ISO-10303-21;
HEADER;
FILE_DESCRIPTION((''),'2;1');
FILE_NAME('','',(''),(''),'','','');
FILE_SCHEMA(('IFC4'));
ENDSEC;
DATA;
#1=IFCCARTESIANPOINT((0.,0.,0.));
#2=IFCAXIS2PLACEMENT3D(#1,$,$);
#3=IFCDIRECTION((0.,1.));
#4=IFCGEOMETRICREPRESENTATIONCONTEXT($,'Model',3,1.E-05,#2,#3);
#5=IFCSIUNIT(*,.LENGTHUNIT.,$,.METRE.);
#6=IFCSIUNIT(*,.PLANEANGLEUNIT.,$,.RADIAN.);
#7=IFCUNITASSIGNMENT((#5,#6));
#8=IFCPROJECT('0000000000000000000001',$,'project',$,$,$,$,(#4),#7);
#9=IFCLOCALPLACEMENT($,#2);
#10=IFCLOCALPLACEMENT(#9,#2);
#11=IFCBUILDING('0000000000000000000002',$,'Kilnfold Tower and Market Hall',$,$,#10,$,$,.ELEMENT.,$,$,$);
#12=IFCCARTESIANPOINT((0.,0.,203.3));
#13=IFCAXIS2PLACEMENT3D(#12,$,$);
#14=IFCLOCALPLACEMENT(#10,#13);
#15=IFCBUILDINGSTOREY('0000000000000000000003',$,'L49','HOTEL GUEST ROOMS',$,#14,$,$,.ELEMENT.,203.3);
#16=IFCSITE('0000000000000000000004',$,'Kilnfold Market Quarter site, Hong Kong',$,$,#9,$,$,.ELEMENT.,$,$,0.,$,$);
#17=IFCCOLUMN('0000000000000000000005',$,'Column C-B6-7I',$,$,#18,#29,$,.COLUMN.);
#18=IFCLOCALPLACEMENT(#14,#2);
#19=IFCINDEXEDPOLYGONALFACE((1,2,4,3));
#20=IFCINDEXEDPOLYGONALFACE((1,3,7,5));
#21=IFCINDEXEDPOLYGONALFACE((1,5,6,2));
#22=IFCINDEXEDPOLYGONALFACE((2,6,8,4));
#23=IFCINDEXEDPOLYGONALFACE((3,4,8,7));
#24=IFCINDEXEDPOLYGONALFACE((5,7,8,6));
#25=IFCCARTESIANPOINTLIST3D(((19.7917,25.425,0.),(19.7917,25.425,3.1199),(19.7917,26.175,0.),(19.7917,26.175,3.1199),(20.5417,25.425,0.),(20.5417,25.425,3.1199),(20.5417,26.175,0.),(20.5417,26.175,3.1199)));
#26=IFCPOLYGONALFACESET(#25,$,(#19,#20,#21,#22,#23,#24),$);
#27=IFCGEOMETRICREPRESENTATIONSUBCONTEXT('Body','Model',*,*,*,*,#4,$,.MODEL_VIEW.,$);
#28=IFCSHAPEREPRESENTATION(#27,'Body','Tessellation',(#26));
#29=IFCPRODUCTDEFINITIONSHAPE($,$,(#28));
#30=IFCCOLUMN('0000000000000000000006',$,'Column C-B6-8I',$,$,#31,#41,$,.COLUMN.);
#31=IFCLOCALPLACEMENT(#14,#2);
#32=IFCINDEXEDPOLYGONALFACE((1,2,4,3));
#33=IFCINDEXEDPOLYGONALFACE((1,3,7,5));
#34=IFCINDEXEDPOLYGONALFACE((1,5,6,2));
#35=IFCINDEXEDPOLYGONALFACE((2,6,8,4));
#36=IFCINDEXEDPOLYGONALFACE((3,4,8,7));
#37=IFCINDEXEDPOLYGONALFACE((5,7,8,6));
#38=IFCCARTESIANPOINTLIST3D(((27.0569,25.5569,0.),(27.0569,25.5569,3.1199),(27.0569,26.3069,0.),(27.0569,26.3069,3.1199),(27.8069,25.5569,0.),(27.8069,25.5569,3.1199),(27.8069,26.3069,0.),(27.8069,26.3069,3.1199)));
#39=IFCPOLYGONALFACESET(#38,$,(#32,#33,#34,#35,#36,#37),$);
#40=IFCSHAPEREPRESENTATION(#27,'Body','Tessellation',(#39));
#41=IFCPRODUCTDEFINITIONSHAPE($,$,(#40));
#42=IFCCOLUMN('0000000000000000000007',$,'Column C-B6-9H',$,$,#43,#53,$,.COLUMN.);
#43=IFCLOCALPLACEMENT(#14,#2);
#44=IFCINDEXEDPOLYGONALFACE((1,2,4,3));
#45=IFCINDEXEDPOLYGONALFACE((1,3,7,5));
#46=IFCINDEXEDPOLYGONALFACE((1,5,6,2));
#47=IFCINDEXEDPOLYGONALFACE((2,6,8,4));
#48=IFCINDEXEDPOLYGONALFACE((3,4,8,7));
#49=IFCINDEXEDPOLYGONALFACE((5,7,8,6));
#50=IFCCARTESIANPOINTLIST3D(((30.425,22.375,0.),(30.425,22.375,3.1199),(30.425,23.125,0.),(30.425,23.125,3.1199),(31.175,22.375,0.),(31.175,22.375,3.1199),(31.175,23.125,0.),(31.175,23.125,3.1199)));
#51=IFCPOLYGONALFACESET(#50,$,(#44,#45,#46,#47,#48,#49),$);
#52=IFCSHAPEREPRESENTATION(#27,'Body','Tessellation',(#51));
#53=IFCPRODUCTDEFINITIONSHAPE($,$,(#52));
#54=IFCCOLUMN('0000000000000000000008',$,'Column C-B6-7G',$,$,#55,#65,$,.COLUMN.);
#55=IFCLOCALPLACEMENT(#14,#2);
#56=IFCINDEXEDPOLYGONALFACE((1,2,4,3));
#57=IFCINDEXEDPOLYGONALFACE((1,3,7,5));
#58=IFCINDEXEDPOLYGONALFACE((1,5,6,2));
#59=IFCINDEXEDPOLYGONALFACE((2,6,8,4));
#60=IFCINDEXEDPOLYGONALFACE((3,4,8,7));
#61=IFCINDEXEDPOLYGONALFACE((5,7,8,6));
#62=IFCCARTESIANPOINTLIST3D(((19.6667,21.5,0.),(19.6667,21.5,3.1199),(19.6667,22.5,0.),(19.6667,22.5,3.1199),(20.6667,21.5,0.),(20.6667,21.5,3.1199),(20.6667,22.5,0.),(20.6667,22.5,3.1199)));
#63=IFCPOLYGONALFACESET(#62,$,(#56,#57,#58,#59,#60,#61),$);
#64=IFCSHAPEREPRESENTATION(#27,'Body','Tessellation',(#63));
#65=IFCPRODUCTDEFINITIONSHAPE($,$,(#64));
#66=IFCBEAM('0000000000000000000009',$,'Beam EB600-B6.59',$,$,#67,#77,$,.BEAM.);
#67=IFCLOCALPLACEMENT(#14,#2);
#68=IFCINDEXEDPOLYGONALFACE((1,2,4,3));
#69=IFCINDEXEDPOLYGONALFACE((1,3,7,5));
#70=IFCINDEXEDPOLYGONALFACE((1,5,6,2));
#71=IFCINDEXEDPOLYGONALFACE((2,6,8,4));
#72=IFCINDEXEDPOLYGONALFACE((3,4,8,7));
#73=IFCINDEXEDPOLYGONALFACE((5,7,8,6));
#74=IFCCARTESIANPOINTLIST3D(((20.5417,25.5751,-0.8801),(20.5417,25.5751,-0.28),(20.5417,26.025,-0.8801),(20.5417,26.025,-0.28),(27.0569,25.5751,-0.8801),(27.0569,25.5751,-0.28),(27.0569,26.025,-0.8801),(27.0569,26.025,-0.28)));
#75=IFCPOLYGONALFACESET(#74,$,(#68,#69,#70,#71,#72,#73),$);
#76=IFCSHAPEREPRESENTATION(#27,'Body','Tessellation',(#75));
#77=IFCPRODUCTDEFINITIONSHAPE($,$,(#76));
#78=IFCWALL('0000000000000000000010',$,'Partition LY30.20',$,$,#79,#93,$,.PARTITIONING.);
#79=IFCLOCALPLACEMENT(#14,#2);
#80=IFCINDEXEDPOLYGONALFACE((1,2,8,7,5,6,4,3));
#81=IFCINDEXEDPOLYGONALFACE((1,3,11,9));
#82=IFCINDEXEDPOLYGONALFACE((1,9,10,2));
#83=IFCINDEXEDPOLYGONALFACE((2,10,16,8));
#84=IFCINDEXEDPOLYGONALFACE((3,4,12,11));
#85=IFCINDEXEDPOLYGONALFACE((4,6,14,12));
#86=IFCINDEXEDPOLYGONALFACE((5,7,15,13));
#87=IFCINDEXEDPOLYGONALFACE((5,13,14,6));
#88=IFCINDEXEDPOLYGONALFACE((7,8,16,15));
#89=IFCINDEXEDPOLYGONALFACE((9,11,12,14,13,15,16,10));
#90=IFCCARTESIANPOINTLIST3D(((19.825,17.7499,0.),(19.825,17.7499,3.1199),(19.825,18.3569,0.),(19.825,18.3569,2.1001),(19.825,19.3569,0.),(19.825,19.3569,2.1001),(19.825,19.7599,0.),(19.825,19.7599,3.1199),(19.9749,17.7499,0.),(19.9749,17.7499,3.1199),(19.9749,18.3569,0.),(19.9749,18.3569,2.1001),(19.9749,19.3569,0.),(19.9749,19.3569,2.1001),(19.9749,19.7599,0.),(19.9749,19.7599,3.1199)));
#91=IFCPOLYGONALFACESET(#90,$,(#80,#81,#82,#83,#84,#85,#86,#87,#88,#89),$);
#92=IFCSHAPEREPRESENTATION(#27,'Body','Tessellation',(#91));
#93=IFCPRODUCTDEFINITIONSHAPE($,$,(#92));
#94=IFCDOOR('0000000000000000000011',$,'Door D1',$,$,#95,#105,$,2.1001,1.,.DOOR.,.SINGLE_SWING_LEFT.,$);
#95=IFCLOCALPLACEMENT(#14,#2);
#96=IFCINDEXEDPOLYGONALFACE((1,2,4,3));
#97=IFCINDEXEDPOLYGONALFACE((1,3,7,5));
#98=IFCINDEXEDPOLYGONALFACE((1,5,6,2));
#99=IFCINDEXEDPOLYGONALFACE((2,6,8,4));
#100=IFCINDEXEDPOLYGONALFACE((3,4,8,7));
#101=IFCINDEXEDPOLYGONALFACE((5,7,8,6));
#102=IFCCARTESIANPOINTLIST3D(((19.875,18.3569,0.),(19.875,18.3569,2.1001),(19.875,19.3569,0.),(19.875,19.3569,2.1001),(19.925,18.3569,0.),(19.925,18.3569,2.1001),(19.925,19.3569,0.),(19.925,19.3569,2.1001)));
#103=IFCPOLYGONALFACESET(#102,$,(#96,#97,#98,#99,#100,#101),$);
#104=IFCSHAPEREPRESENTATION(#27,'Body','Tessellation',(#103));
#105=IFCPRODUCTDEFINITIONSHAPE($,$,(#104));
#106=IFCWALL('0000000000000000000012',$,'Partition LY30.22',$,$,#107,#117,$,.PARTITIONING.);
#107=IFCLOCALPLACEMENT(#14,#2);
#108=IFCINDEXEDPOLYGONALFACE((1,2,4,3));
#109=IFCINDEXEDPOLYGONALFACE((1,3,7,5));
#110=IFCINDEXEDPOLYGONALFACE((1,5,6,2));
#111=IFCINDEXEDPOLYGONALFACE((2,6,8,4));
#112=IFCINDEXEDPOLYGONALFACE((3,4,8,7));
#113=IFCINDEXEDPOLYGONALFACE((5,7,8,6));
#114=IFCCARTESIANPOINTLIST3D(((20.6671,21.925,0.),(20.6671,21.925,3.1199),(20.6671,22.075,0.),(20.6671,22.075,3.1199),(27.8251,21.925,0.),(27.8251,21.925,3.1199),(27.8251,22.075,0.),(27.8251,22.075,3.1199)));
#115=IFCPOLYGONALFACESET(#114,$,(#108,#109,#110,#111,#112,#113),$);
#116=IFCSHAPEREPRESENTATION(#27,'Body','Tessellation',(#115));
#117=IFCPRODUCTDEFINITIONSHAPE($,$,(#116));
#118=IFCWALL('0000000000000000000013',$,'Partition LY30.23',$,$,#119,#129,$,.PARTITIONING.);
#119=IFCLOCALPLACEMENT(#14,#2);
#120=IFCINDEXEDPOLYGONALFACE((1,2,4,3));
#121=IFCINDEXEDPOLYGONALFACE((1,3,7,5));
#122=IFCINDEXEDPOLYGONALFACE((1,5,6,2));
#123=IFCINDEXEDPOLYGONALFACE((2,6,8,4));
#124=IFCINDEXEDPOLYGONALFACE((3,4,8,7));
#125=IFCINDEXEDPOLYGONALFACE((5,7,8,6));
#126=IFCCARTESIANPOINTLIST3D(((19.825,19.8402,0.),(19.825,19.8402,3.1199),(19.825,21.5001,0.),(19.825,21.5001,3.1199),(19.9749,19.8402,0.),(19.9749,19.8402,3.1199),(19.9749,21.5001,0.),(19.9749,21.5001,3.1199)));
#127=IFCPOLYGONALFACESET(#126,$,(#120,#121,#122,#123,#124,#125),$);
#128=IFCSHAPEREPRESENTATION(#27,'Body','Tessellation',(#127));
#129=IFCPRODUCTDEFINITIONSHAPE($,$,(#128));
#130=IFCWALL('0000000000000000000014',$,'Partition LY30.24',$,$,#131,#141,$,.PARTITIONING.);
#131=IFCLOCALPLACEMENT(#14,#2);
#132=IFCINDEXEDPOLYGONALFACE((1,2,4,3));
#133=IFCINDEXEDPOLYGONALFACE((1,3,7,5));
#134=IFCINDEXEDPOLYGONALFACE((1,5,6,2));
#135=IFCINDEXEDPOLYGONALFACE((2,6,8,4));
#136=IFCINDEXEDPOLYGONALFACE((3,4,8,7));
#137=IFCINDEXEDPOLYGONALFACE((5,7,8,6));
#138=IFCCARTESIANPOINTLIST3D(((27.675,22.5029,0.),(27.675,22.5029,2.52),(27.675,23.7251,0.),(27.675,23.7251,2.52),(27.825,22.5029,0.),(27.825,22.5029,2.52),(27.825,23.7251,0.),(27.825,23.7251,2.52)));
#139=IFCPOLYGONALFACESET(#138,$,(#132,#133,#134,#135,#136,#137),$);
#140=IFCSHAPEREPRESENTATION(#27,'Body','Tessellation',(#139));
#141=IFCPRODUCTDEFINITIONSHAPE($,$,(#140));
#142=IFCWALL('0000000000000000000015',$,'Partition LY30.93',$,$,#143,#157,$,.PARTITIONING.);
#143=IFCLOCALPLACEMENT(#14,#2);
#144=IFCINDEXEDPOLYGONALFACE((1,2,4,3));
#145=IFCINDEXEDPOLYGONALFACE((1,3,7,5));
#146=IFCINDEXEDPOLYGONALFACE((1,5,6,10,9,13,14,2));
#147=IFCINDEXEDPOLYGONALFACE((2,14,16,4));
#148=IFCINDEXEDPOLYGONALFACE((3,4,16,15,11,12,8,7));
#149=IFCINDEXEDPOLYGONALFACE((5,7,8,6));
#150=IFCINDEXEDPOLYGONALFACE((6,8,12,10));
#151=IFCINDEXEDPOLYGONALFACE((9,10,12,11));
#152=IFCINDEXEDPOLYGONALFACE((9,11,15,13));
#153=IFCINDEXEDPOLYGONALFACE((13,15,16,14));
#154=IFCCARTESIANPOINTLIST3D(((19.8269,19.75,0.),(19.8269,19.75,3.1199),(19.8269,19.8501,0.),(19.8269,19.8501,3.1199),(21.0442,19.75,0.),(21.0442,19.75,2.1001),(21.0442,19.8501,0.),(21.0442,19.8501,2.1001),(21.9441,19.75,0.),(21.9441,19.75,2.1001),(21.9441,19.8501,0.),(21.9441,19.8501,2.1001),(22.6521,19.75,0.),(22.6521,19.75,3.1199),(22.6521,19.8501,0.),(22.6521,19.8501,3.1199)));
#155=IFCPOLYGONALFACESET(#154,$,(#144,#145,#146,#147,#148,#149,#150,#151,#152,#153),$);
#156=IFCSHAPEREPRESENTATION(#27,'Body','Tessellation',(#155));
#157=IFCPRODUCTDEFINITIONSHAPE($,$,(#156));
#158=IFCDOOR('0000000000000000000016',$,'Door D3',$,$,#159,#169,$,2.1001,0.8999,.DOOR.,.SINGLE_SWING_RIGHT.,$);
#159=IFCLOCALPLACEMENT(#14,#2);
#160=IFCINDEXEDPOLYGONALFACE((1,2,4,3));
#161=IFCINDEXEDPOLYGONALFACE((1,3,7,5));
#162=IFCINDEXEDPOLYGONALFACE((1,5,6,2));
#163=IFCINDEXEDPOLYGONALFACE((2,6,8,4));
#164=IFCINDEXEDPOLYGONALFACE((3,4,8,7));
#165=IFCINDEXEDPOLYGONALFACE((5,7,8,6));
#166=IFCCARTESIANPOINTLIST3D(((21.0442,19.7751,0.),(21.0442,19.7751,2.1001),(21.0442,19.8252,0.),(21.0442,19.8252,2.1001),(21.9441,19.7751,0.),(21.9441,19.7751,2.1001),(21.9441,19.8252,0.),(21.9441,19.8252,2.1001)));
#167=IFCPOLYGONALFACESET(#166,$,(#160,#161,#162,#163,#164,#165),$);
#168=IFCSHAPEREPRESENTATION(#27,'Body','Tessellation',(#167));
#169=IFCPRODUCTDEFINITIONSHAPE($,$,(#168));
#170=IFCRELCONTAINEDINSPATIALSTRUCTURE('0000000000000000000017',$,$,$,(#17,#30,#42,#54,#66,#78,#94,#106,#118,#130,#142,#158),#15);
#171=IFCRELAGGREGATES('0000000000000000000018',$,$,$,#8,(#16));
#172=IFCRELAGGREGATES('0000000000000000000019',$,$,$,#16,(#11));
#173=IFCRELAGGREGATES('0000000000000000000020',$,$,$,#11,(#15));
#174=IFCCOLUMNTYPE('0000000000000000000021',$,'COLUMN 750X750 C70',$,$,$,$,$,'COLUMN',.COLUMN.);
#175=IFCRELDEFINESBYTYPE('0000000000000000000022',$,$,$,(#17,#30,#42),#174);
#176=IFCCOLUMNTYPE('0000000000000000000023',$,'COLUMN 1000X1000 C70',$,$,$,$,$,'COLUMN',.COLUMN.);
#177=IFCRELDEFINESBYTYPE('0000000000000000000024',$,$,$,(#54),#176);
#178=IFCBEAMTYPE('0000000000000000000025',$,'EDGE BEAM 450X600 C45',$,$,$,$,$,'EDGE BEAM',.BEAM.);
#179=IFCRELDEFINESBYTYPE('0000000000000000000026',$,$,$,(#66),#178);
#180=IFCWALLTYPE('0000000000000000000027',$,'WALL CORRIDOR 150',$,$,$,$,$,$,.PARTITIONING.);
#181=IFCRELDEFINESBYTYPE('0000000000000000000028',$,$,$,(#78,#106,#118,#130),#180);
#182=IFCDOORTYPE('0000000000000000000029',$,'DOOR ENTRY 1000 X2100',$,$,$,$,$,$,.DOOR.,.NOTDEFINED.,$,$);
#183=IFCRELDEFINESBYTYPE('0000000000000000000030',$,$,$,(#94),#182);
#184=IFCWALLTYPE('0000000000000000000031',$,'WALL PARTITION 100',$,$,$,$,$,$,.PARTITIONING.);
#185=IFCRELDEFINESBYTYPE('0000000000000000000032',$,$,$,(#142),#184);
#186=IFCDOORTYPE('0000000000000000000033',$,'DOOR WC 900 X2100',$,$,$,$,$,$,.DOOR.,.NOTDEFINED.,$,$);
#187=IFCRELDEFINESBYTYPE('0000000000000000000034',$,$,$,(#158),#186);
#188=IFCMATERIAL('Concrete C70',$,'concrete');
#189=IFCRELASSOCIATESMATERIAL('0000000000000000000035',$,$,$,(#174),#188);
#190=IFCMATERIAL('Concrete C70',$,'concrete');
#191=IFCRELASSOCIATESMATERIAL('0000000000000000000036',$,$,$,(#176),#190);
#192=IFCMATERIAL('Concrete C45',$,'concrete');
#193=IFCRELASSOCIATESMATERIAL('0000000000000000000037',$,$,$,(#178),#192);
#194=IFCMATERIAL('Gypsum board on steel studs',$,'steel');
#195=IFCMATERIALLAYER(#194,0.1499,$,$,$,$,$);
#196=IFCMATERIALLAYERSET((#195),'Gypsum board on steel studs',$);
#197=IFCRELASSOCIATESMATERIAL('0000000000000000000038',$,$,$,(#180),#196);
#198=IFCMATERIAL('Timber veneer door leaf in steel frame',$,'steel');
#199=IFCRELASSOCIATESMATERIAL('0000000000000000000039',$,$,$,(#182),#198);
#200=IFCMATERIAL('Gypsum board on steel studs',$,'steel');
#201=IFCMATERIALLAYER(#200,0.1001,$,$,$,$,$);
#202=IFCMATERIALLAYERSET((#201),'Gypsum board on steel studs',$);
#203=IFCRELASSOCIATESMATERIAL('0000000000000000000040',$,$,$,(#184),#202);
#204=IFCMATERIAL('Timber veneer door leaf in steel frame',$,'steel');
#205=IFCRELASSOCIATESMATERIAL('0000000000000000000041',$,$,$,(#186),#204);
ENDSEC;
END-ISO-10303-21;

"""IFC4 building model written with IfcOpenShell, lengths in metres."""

from ifc_helpers import new_model, si_unit, direction, frame, frame_2d, origin, origin_2d, place, context, subcontext, project, spatial, rectangle, extrude, source, transform, mapped, material, layer, layer_set, material_profile, profile_set, type_object, element, fill, save


model = new_model("IFC4")

# Units and contexts
model_context = context("Model", 3, precision=1e-05, world=origin(), true_north=direction((0.0, 1.0)))
body_context = subcontext(model_context, "Body", "Model", "MODEL_VIEW")
ifc_project = project(units=[si_unit("LENGTHUNIT", "METRE"), si_unit("PLANEANGLEUNIT", "RADIAN")], contexts=[model_context])

# Site, building, storey
site_placement = place(None, origin())
site = spatial("IfcSite", under=ifc_project, at=site_placement, Name="Kilnfold Market Quarter site, Hong Kong", CompositionType="ELEMENT", RefElevation=0.0)
building_placement = place(site_placement, origin())
building = spatial("IfcBuilding", under=site, at=building_placement, Name="Kilnfold Tower and Market Hall", CompositionType="ELEMENT")
storey_placement = place(building_placement, frame((0.0, 0.0, 203.3)))
storey = spatial("IfcBuildingStorey", under=building, at=storey_placement, Name="L49", Description="HOTEL GUEST ROOMS", CompositionType="ELEMENT", Elevation=203.3)

# Columns
ifc_material_1 = material(Name="Concrete C70", Category="concrete")
ifc_material_profile_1 = material_profile(ifc_material_1, rectangle(XDim=0.75, YDim=0.75, at=origin_2d()), Name="RC 750x750")
ifc_profile_set_1 = profile_set([ifc_material_profile_1], Name="Concrete C70")
column_type_1 = type_object("IfcColumnType", Name="COLUMN 750X750 C70", ElementType="COLUMN", PredefinedType="COLUMN", material=ifc_profile_set_1)
shared_shape_1 = source(origin(), body_context, "Body", "SweptSolid", [
    extrude(rectangle(XDim=0.75, YDim=0.75, at=origin_2d()), origin(), (0.0, 0.0, 1.0), 3.1199),
])
for number, where, z_axis, x_axis, name in (
    (1, (20.1667, 25.8, 0.0), (0.0, 0.0, 1.0), (1.0, 0.0, 0.0), "Column C-B6-7I"),
    (2, (27.4319, 25.9319, 0.0), (0.0, 0.0, 1.0), (1.0, 0.0, 0.0), "Column C-B6-8I"),
    (3, (30.8, 22.75, 0.0), (0.0, 0.0, 1.0), (1.0, 0.0, 0.0), "Column C-B6-9H"),
):
    element("IfcColumn", number, at=place(storey_placement, frame(where, z_axis=z_axis, x_axis=x_axis)), inside=storey, type_object=column_type_1, Name=name, PredefinedType="COLUMN", context=body_context, shape_type="MappedRepresentation", body=[
        mapped(shared_shape_1, transform((0.0, 0.0, 0.0))),
    ])
ifc_material_2 = material(Name="Concrete C70", Category="concrete")
ifc_material_profile_2 = material_profile(ifc_material_2, rectangle(XDim=1.0, YDim=1.0, at=origin_2d()), Name="RC 1000x1000")
ifc_profile_set_2 = profile_set([ifc_material_profile_2], Name="Concrete C70")
column_type_2 = type_object("IfcColumnType", Name="COLUMN 1000X1000 C70", ElementType="COLUMN", PredefinedType="COLUMN", material=ifc_profile_set_2)
shared_shape_2 = source(origin(), body_context, "Body", "SweptSolid", [
    extrude(rectangle(XDim=1.0, YDim=1.0, at=origin_2d()), origin(), (0.0, 0.0, 1.0), 3.1199),
])
column_placement = place(storey_placement, frame((20.1667, 22.0, 0.0), z_axis=(0.0, 0.0, 1.0), x_axis=(1.0, 0.0, 0.0)))
element("IfcColumn", 4, at=column_placement, inside=storey, type_object=column_type_2, Name="Column C-B6-7G", PredefinedType="COLUMN", context=body_context, shape_type="MappedRepresentation", body=[
    mapped(shared_shape_2, transform((0.0, 0.0, 0.0))),
])

# Beam
ifc_material_3 = material(Name="Concrete C45", Category="concrete")
ifc_material_profile_3 = material_profile(ifc_material_3, rectangle(XDim=0.45, YDim=0.6001, at=origin_2d()), Name="RC 450x600")
ifc_profile_set_3 = profile_set([ifc_material_profile_3], Name="Concrete C45")
beam_type = type_object("IfcBeamType", Name="EDGE BEAM 450X600 C45", ElementType="EDGE BEAM", PredefinedType="BEAM", material=ifc_profile_set_3)
shared_shape_3 = source(origin(), body_context, "Body", "SweptSolid", [
    extrude(rectangle(XDim=0.45, YDim=0.6001, at=origin_2d()), origin(), (0.0, 0.0, 1.0), 6.5151),
])
beam_placement = place(storey_placement, frame((20.5417, 25.8, -0.5801), z_axis=(1.0, 0.0, 0.0), x_axis=(0.0, 1.0, 0.0)))
element("IfcBeam", 5, at=beam_placement, inside=storey, type_object=beam_type, Name="Beam EB600-B6.59", PredefinedType="BEAM", context=body_context, shape_type="MappedRepresentation", body=[
    mapped(shared_shape_3, transform((0.0, 0.0, 0.0))),
])

# Wall, opening, door
ifc_material_4 = material(Name="Gypsum board on steel studs", Category="steel")
ifc_layer_1 = layer(ifc_material_4, 0.1499)
ifc_layer_set_1 = layer_set([ifc_layer_1], Name="Gypsum board on steel studs")
wall_type_1 = type_object("IfcWallType", Name="WALL CORRIDOR 150", PredefinedType="PARTITIONING", material=ifc_layer_set_1)
wall_1_placement = place(storey_placement, frame((19.8999, 17.75, 0.0), z_axis=(0.0, 0.0, 1.0), x_axis=(0.0, 1.0, 0.0)))
wall_1 = element("IfcWall", 6, at=wall_1_placement, inside=storey, type_object=wall_type_1, Name="Partition LY30.20", PredefinedType="PARTITIONING", context=body_context, shape_type="SweptSolid", body=[
    extrude(rectangle(XDim=2.01, YDim=0.1499, at=frame_2d((1.0049, 0.0))), origin(), (0.0, 0.0, 1.0), 3.1199),
])
opening_1_placement = place(wall_1_placement, frame((0.6069, 0.0, 0.0)))
opening_1 = element("IfcOpeningElement", 7, at=opening_1_placement, cuts=wall_1, PredefinedType="OPENING", context=body_context, shape_type="SweptSolid", body=[
    extrude(rectangle(XDim=1.0, YDim=2.1001, at=frame_2d((0.5, 1.05))), frame((0.0, 0.085, 0.0), z_axis=(0.0, -1.0, 0.0), x_axis=(1.0, 0.0, 0.0)), (0.0, 0.0, 1.0), 0.1699),
])
ifc_material_5 = material(Name="Timber veneer door leaf in steel frame", Category="steel")
door_type_1 = type_object("IfcDoorType", Name="DOOR ENTRY 1000 X2100", OperationType="NOTDEFINED", PredefinedType="DOOR", material=ifc_material_5)
door_1_placement = place(opening_1_placement, origin())
door_1 = element("IfcDoor", 8, at=door_1_placement, inside=storey, type_object=door_type_1, Name="Door D1", OperationType="SINGLE_SWING_LEFT", OverallHeight=2.1001, OverallWidth=1.0, PredefinedType="DOOR", context=body_context, shape_type="SweptSolid", body=[
    extrude(rectangle(XDim=1.0, YDim=2.1001, at=frame_2d((0.5, 1.05))), frame((0.0, 0.0249, 0.0), z_axis=(0.0, -1.0, 0.0), x_axis=(1.0, 0.0, 0.0)), (0.0, 0.0, 1.0), 0.05),
])
fill(opening_1, door_1)

# Walls
wall_2_placement = place(storey_placement, frame((20.667, 22.0, 0.0), z_axis=(0.0, 0.0, 1.0), x_axis=(1.0, 0.0, 0.0)))
element("IfcWall", 9, at=wall_2_placement, inside=storey, type_object=wall_type_1, Name="Partition LY30.22", PredefinedType="PARTITIONING", context=body_context, shape_type="SweptSolid", body=[
    extrude(rectangle(XDim=7.158, YDim=0.1499, at=frame_2d((3.5791, 0.0))), origin(), (0.0, 0.0, 1.0), 3.1199),
])
wall_3_placement = place(storey_placement, frame((19.8999, 19.8401, 0.0), z_axis=(0.0, 0.0, 1.0), x_axis=(0.0, 1.0, 0.0)))
element("IfcWall", 10, at=wall_3_placement, inside=storey, type_object=wall_type_1, Name="Partition LY30.23", PredefinedType="PARTITIONING", context=body_context, shape_type="SweptSolid", body=[
    extrude(rectangle(XDim=1.6599, YDim=0.1499, at=frame_2d((0.8301, 0.0))), origin(), (0.0, 0.0, 1.0), 3.1199),
])
wall_4_placement = place(storey_placement, frame((27.75, 22.5029, 0.0), z_axis=(0.0, 0.0, 1.0), x_axis=(0.0, 1.0, 0.0)))
element("IfcWall", 11, at=wall_4_placement, inside=storey, type_object=wall_type_1, Name="Partition LY30.24", PredefinedType="PARTITIONING", context=body_context, shape_type="SweptSolid", body=[
    extrude(rectangle(XDim=1.2222, YDim=0.1499, at=frame_2d((0.6111, 0.0))), origin(), (0.0, 0.0, 1.0), 2.52),
])

# Wall, opening, door
ifc_material_6 = material(Name="Gypsum board on steel studs", Category="steel")
ifc_layer_2 = layer(ifc_material_6, 0.1001)
ifc_layer_set_2 = layer_set([ifc_layer_2], Name="Gypsum board on steel studs")
wall_type_2 = type_object("IfcWallType", Name="WALL PARTITION 100", PredefinedType="PARTITIONING", material=ifc_layer_set_2)
wall_5_placement = place(storey_placement, frame((22.6521, 19.8, 0.0), z_axis=(0.0, 0.0, 1.0), x_axis=(-1.0, 0.0, 0.0)))
wall_5 = element("IfcWall", 12, at=wall_5_placement, inside=storey, type_object=wall_type_2, Name="Partition LY30.93", PredefinedType="PARTITIONING", context=body_context, shape_type="SweptSolid", body=[
    extrude(rectangle(XDim=2.8252, YDim=0.1001, at=frame_2d((1.4126, 0.0))), origin(), (0.0, 0.0, 1.0), 3.1199),
])
opening_2_placement = place(wall_5_placement, frame((0.708, 0.0, 0.0)))
opening_2 = element("IfcOpeningElement", 13, at=opening_2_placement, cuts=wall_5, PredefinedType="OPENING", context=body_context, shape_type="SweptSolid", body=[
    extrude(rectangle(XDim=0.8999, YDim=2.1001, at=frame_2d((0.45, 1.05))), frame((0.0, 0.0601, 0.0), z_axis=(0.0, -1.0, 0.0), x_axis=(1.0, 0.0, 0.0)), (0.0, 0.0, 1.0), 0.1201),
])
ifc_material_7 = material(Name="Timber veneer door leaf in steel frame", Category="steel")
door_type_2 = type_object("IfcDoorType", Name="DOOR WC 900 X2100", OperationType="NOTDEFINED", PredefinedType="DOOR", material=ifc_material_7)
door_2_placement = place(opening_2_placement, origin())
door_2 = element("IfcDoor", 14, at=door_2_placement, inside=storey, type_object=door_type_2, Name="Door D3", OperationType="SINGLE_SWING_RIGHT", OverallHeight=2.1001, OverallWidth=0.8999, PredefinedType="DOOR", context=body_context, shape_type="SweptSolid", body=[
    extrude(rectangle(XDim=0.8999, YDim=2.1001, at=frame_2d((0.45, 1.05))), frame((0.0, 0.0249, 0.0), z_axis=(0.0, -1.0, 0.0), x_axis=(1.0, 0.0, 0.0)), (0.0, 0.0, 1.0), 0.05),
])
fill(opening_2, door_2)

save(model, "model.ifc")
